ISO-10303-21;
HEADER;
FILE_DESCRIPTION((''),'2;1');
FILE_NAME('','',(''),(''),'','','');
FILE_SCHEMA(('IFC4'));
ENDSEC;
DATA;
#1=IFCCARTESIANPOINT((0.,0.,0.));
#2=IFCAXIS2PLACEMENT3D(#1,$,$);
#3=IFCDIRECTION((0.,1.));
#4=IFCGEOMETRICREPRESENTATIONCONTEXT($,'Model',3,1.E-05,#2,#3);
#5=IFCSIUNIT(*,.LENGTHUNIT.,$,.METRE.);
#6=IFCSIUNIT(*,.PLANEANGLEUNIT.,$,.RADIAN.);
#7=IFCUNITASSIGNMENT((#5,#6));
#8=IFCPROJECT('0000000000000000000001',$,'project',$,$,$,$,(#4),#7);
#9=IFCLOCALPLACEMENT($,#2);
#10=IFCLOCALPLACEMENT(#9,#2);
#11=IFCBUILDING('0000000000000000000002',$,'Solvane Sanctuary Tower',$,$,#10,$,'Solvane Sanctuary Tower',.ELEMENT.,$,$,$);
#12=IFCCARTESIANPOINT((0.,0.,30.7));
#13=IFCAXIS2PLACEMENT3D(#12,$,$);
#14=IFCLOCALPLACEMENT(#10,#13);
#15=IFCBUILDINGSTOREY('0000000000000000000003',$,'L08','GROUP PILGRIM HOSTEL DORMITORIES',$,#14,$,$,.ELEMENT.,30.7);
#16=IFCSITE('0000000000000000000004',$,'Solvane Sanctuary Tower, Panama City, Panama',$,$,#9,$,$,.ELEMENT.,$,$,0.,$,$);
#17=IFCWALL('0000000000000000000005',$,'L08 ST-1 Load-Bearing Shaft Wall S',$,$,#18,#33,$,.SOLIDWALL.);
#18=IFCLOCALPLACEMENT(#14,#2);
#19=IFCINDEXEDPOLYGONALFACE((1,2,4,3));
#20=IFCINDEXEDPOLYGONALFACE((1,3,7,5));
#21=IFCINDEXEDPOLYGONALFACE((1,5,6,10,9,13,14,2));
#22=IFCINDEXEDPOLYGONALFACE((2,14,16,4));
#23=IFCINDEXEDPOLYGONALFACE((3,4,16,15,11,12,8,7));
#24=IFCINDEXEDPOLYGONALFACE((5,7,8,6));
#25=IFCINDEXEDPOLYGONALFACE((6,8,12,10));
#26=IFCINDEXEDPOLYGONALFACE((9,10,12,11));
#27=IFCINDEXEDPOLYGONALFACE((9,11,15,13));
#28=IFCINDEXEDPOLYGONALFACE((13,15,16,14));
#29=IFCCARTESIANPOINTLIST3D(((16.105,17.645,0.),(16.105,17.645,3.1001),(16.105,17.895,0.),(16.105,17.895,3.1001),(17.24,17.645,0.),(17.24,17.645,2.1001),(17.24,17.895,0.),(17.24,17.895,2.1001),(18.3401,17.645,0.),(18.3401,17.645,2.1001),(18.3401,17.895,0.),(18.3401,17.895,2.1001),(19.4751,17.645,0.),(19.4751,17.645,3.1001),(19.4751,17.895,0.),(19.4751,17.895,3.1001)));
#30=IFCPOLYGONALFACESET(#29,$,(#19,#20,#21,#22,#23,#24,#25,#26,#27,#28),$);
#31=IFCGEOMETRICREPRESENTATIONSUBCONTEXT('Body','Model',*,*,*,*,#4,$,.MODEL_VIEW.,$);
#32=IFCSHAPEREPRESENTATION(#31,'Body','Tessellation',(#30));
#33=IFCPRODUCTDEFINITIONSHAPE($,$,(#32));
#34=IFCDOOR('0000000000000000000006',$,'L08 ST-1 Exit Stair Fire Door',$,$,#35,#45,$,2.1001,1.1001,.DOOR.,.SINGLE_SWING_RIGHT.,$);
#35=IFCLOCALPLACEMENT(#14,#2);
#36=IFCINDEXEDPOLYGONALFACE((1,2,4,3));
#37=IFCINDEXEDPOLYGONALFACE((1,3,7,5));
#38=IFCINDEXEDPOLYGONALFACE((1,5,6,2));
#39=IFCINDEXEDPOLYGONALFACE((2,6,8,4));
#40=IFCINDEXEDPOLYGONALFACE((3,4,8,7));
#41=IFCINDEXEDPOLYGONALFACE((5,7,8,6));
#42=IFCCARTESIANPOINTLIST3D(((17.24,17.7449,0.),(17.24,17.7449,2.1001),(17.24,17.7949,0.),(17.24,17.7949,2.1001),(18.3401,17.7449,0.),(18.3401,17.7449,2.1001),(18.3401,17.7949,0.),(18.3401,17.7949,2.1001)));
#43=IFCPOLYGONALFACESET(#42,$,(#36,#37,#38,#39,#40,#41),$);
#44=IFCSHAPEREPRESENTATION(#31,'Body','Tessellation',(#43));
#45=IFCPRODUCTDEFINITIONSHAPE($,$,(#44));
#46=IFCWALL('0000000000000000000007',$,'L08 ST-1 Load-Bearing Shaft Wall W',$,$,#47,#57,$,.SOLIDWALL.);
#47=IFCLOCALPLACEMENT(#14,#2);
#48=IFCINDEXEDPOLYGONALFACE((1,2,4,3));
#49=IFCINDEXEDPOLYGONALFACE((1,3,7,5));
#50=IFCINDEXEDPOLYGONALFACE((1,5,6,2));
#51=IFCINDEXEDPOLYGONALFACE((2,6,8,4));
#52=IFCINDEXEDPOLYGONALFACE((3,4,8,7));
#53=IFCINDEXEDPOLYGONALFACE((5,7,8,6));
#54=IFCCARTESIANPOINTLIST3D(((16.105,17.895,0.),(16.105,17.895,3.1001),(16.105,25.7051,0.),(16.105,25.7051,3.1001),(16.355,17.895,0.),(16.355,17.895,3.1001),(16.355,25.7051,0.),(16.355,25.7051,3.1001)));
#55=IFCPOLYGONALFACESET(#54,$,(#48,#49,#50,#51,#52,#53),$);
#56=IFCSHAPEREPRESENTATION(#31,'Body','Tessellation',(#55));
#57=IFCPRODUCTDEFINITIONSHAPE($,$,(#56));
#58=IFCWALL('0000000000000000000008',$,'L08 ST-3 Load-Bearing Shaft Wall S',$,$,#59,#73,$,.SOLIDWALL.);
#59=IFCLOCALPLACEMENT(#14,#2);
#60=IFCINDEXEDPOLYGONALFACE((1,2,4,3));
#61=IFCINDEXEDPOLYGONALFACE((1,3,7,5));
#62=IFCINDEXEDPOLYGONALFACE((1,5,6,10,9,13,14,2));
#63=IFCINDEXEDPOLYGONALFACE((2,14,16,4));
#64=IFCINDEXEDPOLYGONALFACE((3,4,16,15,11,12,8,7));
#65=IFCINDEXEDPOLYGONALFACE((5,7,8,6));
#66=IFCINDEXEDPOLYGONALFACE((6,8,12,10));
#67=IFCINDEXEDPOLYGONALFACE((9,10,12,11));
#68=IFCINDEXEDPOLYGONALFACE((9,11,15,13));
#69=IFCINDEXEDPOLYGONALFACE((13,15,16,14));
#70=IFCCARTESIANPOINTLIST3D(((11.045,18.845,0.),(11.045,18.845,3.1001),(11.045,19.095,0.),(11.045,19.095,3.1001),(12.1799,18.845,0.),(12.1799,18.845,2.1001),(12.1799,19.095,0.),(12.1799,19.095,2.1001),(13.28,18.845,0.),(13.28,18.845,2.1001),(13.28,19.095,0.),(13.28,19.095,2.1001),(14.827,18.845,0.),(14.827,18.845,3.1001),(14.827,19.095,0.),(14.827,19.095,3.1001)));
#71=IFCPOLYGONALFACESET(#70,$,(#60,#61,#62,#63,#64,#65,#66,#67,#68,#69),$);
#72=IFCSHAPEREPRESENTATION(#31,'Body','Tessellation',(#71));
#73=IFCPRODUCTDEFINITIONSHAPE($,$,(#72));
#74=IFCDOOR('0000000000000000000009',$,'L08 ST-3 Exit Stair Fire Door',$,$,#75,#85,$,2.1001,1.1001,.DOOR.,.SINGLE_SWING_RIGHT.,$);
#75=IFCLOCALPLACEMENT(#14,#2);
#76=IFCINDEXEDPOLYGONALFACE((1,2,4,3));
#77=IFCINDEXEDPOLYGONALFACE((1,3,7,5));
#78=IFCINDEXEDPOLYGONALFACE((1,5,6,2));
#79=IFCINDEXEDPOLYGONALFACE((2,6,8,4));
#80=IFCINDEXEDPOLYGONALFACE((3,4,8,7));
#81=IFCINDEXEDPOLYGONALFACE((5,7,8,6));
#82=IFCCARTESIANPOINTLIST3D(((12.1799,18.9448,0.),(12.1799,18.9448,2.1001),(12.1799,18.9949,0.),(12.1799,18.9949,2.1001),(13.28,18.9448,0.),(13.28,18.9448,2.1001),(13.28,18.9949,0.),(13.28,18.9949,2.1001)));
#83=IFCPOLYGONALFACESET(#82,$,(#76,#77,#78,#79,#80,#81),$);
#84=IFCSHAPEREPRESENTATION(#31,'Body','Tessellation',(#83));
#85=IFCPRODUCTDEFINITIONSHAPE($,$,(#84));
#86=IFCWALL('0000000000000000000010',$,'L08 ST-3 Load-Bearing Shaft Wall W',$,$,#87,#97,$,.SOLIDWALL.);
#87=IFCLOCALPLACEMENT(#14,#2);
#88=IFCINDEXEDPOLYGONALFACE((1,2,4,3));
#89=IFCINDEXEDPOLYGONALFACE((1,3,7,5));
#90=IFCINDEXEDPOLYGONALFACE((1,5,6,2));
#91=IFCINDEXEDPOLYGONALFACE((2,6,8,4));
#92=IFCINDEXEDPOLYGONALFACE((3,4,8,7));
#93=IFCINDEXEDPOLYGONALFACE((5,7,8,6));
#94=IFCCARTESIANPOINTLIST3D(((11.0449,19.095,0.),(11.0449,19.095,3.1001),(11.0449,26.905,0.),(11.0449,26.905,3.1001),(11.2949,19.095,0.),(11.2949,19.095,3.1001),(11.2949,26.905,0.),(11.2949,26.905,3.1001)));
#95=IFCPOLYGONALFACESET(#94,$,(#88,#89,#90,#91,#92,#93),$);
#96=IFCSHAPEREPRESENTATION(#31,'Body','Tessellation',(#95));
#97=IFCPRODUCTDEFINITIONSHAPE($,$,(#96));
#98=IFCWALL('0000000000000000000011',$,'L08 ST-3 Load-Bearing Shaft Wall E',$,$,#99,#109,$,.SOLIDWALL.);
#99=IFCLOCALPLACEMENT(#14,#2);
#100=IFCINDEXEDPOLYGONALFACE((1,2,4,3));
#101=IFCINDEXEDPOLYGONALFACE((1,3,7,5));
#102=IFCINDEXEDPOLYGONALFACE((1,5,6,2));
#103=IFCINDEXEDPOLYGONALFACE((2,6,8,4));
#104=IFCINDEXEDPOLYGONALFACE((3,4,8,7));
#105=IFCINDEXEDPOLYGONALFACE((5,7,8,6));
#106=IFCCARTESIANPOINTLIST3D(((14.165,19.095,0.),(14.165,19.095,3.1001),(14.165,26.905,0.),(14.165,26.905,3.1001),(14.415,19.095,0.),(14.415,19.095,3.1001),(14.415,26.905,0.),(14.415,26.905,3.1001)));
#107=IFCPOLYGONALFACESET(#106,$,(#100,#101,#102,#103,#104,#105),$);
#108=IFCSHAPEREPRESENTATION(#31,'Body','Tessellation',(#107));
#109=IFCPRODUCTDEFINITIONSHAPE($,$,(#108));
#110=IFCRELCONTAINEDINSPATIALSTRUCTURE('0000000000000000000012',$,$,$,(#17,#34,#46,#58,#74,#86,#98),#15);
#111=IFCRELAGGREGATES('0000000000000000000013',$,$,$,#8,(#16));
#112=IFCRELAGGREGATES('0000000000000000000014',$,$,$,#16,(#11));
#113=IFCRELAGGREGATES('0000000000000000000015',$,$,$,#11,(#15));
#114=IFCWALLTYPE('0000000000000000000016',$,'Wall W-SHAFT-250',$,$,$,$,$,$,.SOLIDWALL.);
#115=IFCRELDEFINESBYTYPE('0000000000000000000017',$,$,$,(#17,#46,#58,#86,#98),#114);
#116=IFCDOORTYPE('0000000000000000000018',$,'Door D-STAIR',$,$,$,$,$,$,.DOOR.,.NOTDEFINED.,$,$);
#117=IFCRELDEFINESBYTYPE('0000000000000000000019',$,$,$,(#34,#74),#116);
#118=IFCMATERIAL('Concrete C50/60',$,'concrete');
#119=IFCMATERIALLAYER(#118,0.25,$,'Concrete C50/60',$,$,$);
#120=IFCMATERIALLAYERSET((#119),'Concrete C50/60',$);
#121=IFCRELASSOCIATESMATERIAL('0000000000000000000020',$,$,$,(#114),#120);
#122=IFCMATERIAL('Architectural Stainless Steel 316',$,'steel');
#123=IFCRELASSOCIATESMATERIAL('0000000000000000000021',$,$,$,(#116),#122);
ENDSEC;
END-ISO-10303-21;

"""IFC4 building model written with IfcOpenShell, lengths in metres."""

from ifc_helpers import new_model, si_unit, direction, frame, frame_2d, origin, place, context, subcontext, project, spatial, rectangle, extrude, material, layer, layer_set, type_object, element, fill, save


model = new_model("IFC4")

# Units and contexts
model_context = context("Model", 3, precision=1e-05, world=origin(), true_north=direction((0.0, 1.0)))
body_context = subcontext(model_context, "Body", "Model", "MODEL_VIEW")
ifc_project = project(units=[si_unit("LENGTHUNIT", "METRE"), si_unit("PLANEANGLEUNIT", "RADIAN")], contexts=[model_context])

# Site, building, storey
site_placement = place(None, origin())
site = spatial("IfcSite", under=ifc_project, at=site_placement, Name="Solvane Sanctuary Tower, Panama City, Panama", CompositionType="ELEMENT", RefElevation=0.0)
building_placement = place(site_placement, origin())
building = spatial("IfcBuilding", under=site, at=building_placement, Name="Solvane Sanctuary Tower", LongName="Solvane Sanctuary Tower", CompositionType="ELEMENT")
storey_placement = place(building_placement, frame((0.0, 0.0, 30.7)))
storey = spatial("IfcBuildingStorey", under=building, at=storey_placement, Name="L08", Description="GROUP PILGRIM HOSTEL DORMITORIES", CompositionType="ELEMENT", Elevation=30.7)

# Wall, opening, door
ifc_material_1 = material(Name="Concrete C50/60", Category="concrete")
ifc_layer_1 = layer(ifc_material_1, 0.25, Name="Concrete C50/60")
ifc_layer_set_1 = layer_set([ifc_layer_1], Name="Concrete C50/60")
wall_type_1 = type_object("IfcWallType", Name="Wall W-SHAFT-250", PredefinedType="SOLIDWALL", material=ifc_layer_set_1)
wall_1_placement = place(storey_placement, frame((16.105, 17.77, 0.0), z_axis=(0.0, 0.0, 1.0), x_axis=(1.0, 0.0, 0.0)))
wall_1 = element("IfcWall", 1, at=wall_1_placement, inside=storey, type_object=wall_type_1, Name="L08 ST-1 Load-Bearing Shaft Wall S", PredefinedType="SOLIDWALL", context=body_context, shape_type="SweptSolid", body=[
    extrude(rectangle(XDim=3.3701, YDim=0.25, at=frame_2d((1.6851, 0.0))), origin(), (0.0, 0.0, 1.0), 3.1001),
])
opening_1_placement = place(wall_1_placement, frame((1.135, 0.0, 0.0)))
opening_1 = element("IfcOpeningElement", 2, at=opening_1_placement, cuts=wall_1, PredefinedType="OPENING", context=body_context, shape_type="SweptSolid", body=[
    extrude(rectangle(XDim=1.1001, YDim=2.1001, at=frame_2d((0.55, 1.05))), frame((0.0, 0.135, 0.0), z_axis=(0.0, -1.0, 0.0), x_axis=(1.0, 0.0, 0.0)), (0.0, 0.0, 1.0), 0.27),
])
ifc_material_2 = material(Name="Architectural Stainless Steel 316", Category="steel")
door_type_1 = type_object("IfcDoorType", Name="Door D-STAIR", OperationType="NOTDEFINED", PredefinedType="DOOR", material=ifc_material_2)
door_1_placement = place(opening_1_placement, origin())
door_1 = element("IfcDoor", 3, at=door_1_placement, inside=storey, type_object=door_type_1, Name="L08 ST-1 Exit Stair Fire Door", OperationType="SINGLE_SWING_RIGHT", OverallHeight=2.1001, OverallWidth=1.1001, PredefinedType="DOOR", context=body_context, shape_type="SweptSolid", body=[
    extrude(rectangle(XDim=1.1001, YDim=2.1001, at=frame_2d((0.55, 1.05))), frame((0.0, 0.0249, 0.0), z_axis=(0.0, -1.0, 0.0), x_axis=(1.0, 0.0, 0.0)), (0.0, 0.0, 1.0), 0.05),
])
fill(opening_1, door_1)

# Wall
wall_2_placement = place(storey_placement, frame((16.23, 17.895, 0.0), z_axis=(0.0, 0.0, 1.0), x_axis=(0.0, 1.0, 0.0)))
element("IfcWall", 4, at=wall_2_placement, inside=storey, type_object=wall_type_1, Name="L08 ST-1 Load-Bearing Shaft Wall W", PredefinedType="SOLIDWALL", context=body_context, shape_type="SweptSolid", body=[
    extrude(rectangle(XDim=7.8101, YDim=0.25, at=frame_2d((3.905, 0.0))), origin(), (0.0, 0.0, 1.0), 3.1001),
])

# Wall, opening, door
wall_3_placement = place(storey_placement, frame((11.0449, 18.97, 0.0), z_axis=(0.0, 0.0, 1.0), x_axis=(1.0, 0.0, 0.0)))
wall_3 = element("IfcWall", 5, at=wall_3_placement, inside=storey, type_object=wall_type_1, Name="L08 ST-3 Load-Bearing Shaft Wall S", PredefinedType="SOLIDWALL", context=body_context, shape_type="SweptSolid", body=[
    extrude(rectangle(XDim=3.782, YDim=0.25, at=frame_2d((1.8911, 0.0))), origin(), (0.0, 0.0, 1.0), 3.1001),
])
opening_2_placement = place(wall_3_placement, frame((1.135, 0.0, 0.0)))
opening_2 = element("IfcOpeningElement", 6, at=opening_2_placement, cuts=wall_3, PredefinedType="OPENING", context=body_context, shape_type="SweptSolid", body=[
    extrude(rectangle(XDim=1.1001, YDim=2.1001, at=frame_2d((0.55, 1.05))), frame((0.0, 0.135, 0.0), z_axis=(0.0, -1.0, 0.0), x_axis=(1.0, 0.0, 0.0)), (0.0, 0.0, 1.0), 0.27),
])
door_2_placement = place(opening_2_placement, origin())
door_2 = element("IfcDoor", 7, at=door_2_placement, inside=storey, type_object=door_type_1, Name="L08 ST-3 Exit Stair Fire Door", OperationType="SINGLE_SWING_RIGHT", OverallHeight=2.1001, OverallWidth=1.1001, PredefinedType="DOOR", context=body_context, shape_type="SweptSolid", body=[
    extrude(rectangle(XDim=1.1001, YDim=2.1001, at=frame_2d((0.55, 1.05))), frame((0.0, 0.0249, 0.0), z_axis=(0.0, -1.0, 0.0), x_axis=(1.0, 0.0, 0.0)), (0.0, 0.0, 1.0), 0.05),
])
fill(opening_2, door_2)

# Walls
for number, where, z_axis, x_axis, name in (
    (8, (11.1699, 19.095, 0.0), (0.0, 0.0, 1.0), (0.0, 1.0, 0.0), "L08 ST-3 Load-Bearing Shaft Wall W"),
    (9, (14.29, 19.095, 0.0), (0.0, 0.0, 1.0), (0.0, 1.0, 0.0), "L08 ST-3 Load-Bearing Shaft Wall E"),
):
    element("IfcWall", number, at=place(storey_placement, frame(where, z_axis=z_axis, x_axis=x_axis)), inside=storey, type_object=wall_type_1, Name=name, PredefinedType="SOLIDWALL", context=body_context, shape_type="SweptSolid", body=[
        extrude(rectangle(XDim=7.8101, YDim=0.25, at=frame_2d((3.905, 0.0))), origin(), (0.0, 0.0, 1.0), 3.1001),
    ])

save(model, "model.ifc")
